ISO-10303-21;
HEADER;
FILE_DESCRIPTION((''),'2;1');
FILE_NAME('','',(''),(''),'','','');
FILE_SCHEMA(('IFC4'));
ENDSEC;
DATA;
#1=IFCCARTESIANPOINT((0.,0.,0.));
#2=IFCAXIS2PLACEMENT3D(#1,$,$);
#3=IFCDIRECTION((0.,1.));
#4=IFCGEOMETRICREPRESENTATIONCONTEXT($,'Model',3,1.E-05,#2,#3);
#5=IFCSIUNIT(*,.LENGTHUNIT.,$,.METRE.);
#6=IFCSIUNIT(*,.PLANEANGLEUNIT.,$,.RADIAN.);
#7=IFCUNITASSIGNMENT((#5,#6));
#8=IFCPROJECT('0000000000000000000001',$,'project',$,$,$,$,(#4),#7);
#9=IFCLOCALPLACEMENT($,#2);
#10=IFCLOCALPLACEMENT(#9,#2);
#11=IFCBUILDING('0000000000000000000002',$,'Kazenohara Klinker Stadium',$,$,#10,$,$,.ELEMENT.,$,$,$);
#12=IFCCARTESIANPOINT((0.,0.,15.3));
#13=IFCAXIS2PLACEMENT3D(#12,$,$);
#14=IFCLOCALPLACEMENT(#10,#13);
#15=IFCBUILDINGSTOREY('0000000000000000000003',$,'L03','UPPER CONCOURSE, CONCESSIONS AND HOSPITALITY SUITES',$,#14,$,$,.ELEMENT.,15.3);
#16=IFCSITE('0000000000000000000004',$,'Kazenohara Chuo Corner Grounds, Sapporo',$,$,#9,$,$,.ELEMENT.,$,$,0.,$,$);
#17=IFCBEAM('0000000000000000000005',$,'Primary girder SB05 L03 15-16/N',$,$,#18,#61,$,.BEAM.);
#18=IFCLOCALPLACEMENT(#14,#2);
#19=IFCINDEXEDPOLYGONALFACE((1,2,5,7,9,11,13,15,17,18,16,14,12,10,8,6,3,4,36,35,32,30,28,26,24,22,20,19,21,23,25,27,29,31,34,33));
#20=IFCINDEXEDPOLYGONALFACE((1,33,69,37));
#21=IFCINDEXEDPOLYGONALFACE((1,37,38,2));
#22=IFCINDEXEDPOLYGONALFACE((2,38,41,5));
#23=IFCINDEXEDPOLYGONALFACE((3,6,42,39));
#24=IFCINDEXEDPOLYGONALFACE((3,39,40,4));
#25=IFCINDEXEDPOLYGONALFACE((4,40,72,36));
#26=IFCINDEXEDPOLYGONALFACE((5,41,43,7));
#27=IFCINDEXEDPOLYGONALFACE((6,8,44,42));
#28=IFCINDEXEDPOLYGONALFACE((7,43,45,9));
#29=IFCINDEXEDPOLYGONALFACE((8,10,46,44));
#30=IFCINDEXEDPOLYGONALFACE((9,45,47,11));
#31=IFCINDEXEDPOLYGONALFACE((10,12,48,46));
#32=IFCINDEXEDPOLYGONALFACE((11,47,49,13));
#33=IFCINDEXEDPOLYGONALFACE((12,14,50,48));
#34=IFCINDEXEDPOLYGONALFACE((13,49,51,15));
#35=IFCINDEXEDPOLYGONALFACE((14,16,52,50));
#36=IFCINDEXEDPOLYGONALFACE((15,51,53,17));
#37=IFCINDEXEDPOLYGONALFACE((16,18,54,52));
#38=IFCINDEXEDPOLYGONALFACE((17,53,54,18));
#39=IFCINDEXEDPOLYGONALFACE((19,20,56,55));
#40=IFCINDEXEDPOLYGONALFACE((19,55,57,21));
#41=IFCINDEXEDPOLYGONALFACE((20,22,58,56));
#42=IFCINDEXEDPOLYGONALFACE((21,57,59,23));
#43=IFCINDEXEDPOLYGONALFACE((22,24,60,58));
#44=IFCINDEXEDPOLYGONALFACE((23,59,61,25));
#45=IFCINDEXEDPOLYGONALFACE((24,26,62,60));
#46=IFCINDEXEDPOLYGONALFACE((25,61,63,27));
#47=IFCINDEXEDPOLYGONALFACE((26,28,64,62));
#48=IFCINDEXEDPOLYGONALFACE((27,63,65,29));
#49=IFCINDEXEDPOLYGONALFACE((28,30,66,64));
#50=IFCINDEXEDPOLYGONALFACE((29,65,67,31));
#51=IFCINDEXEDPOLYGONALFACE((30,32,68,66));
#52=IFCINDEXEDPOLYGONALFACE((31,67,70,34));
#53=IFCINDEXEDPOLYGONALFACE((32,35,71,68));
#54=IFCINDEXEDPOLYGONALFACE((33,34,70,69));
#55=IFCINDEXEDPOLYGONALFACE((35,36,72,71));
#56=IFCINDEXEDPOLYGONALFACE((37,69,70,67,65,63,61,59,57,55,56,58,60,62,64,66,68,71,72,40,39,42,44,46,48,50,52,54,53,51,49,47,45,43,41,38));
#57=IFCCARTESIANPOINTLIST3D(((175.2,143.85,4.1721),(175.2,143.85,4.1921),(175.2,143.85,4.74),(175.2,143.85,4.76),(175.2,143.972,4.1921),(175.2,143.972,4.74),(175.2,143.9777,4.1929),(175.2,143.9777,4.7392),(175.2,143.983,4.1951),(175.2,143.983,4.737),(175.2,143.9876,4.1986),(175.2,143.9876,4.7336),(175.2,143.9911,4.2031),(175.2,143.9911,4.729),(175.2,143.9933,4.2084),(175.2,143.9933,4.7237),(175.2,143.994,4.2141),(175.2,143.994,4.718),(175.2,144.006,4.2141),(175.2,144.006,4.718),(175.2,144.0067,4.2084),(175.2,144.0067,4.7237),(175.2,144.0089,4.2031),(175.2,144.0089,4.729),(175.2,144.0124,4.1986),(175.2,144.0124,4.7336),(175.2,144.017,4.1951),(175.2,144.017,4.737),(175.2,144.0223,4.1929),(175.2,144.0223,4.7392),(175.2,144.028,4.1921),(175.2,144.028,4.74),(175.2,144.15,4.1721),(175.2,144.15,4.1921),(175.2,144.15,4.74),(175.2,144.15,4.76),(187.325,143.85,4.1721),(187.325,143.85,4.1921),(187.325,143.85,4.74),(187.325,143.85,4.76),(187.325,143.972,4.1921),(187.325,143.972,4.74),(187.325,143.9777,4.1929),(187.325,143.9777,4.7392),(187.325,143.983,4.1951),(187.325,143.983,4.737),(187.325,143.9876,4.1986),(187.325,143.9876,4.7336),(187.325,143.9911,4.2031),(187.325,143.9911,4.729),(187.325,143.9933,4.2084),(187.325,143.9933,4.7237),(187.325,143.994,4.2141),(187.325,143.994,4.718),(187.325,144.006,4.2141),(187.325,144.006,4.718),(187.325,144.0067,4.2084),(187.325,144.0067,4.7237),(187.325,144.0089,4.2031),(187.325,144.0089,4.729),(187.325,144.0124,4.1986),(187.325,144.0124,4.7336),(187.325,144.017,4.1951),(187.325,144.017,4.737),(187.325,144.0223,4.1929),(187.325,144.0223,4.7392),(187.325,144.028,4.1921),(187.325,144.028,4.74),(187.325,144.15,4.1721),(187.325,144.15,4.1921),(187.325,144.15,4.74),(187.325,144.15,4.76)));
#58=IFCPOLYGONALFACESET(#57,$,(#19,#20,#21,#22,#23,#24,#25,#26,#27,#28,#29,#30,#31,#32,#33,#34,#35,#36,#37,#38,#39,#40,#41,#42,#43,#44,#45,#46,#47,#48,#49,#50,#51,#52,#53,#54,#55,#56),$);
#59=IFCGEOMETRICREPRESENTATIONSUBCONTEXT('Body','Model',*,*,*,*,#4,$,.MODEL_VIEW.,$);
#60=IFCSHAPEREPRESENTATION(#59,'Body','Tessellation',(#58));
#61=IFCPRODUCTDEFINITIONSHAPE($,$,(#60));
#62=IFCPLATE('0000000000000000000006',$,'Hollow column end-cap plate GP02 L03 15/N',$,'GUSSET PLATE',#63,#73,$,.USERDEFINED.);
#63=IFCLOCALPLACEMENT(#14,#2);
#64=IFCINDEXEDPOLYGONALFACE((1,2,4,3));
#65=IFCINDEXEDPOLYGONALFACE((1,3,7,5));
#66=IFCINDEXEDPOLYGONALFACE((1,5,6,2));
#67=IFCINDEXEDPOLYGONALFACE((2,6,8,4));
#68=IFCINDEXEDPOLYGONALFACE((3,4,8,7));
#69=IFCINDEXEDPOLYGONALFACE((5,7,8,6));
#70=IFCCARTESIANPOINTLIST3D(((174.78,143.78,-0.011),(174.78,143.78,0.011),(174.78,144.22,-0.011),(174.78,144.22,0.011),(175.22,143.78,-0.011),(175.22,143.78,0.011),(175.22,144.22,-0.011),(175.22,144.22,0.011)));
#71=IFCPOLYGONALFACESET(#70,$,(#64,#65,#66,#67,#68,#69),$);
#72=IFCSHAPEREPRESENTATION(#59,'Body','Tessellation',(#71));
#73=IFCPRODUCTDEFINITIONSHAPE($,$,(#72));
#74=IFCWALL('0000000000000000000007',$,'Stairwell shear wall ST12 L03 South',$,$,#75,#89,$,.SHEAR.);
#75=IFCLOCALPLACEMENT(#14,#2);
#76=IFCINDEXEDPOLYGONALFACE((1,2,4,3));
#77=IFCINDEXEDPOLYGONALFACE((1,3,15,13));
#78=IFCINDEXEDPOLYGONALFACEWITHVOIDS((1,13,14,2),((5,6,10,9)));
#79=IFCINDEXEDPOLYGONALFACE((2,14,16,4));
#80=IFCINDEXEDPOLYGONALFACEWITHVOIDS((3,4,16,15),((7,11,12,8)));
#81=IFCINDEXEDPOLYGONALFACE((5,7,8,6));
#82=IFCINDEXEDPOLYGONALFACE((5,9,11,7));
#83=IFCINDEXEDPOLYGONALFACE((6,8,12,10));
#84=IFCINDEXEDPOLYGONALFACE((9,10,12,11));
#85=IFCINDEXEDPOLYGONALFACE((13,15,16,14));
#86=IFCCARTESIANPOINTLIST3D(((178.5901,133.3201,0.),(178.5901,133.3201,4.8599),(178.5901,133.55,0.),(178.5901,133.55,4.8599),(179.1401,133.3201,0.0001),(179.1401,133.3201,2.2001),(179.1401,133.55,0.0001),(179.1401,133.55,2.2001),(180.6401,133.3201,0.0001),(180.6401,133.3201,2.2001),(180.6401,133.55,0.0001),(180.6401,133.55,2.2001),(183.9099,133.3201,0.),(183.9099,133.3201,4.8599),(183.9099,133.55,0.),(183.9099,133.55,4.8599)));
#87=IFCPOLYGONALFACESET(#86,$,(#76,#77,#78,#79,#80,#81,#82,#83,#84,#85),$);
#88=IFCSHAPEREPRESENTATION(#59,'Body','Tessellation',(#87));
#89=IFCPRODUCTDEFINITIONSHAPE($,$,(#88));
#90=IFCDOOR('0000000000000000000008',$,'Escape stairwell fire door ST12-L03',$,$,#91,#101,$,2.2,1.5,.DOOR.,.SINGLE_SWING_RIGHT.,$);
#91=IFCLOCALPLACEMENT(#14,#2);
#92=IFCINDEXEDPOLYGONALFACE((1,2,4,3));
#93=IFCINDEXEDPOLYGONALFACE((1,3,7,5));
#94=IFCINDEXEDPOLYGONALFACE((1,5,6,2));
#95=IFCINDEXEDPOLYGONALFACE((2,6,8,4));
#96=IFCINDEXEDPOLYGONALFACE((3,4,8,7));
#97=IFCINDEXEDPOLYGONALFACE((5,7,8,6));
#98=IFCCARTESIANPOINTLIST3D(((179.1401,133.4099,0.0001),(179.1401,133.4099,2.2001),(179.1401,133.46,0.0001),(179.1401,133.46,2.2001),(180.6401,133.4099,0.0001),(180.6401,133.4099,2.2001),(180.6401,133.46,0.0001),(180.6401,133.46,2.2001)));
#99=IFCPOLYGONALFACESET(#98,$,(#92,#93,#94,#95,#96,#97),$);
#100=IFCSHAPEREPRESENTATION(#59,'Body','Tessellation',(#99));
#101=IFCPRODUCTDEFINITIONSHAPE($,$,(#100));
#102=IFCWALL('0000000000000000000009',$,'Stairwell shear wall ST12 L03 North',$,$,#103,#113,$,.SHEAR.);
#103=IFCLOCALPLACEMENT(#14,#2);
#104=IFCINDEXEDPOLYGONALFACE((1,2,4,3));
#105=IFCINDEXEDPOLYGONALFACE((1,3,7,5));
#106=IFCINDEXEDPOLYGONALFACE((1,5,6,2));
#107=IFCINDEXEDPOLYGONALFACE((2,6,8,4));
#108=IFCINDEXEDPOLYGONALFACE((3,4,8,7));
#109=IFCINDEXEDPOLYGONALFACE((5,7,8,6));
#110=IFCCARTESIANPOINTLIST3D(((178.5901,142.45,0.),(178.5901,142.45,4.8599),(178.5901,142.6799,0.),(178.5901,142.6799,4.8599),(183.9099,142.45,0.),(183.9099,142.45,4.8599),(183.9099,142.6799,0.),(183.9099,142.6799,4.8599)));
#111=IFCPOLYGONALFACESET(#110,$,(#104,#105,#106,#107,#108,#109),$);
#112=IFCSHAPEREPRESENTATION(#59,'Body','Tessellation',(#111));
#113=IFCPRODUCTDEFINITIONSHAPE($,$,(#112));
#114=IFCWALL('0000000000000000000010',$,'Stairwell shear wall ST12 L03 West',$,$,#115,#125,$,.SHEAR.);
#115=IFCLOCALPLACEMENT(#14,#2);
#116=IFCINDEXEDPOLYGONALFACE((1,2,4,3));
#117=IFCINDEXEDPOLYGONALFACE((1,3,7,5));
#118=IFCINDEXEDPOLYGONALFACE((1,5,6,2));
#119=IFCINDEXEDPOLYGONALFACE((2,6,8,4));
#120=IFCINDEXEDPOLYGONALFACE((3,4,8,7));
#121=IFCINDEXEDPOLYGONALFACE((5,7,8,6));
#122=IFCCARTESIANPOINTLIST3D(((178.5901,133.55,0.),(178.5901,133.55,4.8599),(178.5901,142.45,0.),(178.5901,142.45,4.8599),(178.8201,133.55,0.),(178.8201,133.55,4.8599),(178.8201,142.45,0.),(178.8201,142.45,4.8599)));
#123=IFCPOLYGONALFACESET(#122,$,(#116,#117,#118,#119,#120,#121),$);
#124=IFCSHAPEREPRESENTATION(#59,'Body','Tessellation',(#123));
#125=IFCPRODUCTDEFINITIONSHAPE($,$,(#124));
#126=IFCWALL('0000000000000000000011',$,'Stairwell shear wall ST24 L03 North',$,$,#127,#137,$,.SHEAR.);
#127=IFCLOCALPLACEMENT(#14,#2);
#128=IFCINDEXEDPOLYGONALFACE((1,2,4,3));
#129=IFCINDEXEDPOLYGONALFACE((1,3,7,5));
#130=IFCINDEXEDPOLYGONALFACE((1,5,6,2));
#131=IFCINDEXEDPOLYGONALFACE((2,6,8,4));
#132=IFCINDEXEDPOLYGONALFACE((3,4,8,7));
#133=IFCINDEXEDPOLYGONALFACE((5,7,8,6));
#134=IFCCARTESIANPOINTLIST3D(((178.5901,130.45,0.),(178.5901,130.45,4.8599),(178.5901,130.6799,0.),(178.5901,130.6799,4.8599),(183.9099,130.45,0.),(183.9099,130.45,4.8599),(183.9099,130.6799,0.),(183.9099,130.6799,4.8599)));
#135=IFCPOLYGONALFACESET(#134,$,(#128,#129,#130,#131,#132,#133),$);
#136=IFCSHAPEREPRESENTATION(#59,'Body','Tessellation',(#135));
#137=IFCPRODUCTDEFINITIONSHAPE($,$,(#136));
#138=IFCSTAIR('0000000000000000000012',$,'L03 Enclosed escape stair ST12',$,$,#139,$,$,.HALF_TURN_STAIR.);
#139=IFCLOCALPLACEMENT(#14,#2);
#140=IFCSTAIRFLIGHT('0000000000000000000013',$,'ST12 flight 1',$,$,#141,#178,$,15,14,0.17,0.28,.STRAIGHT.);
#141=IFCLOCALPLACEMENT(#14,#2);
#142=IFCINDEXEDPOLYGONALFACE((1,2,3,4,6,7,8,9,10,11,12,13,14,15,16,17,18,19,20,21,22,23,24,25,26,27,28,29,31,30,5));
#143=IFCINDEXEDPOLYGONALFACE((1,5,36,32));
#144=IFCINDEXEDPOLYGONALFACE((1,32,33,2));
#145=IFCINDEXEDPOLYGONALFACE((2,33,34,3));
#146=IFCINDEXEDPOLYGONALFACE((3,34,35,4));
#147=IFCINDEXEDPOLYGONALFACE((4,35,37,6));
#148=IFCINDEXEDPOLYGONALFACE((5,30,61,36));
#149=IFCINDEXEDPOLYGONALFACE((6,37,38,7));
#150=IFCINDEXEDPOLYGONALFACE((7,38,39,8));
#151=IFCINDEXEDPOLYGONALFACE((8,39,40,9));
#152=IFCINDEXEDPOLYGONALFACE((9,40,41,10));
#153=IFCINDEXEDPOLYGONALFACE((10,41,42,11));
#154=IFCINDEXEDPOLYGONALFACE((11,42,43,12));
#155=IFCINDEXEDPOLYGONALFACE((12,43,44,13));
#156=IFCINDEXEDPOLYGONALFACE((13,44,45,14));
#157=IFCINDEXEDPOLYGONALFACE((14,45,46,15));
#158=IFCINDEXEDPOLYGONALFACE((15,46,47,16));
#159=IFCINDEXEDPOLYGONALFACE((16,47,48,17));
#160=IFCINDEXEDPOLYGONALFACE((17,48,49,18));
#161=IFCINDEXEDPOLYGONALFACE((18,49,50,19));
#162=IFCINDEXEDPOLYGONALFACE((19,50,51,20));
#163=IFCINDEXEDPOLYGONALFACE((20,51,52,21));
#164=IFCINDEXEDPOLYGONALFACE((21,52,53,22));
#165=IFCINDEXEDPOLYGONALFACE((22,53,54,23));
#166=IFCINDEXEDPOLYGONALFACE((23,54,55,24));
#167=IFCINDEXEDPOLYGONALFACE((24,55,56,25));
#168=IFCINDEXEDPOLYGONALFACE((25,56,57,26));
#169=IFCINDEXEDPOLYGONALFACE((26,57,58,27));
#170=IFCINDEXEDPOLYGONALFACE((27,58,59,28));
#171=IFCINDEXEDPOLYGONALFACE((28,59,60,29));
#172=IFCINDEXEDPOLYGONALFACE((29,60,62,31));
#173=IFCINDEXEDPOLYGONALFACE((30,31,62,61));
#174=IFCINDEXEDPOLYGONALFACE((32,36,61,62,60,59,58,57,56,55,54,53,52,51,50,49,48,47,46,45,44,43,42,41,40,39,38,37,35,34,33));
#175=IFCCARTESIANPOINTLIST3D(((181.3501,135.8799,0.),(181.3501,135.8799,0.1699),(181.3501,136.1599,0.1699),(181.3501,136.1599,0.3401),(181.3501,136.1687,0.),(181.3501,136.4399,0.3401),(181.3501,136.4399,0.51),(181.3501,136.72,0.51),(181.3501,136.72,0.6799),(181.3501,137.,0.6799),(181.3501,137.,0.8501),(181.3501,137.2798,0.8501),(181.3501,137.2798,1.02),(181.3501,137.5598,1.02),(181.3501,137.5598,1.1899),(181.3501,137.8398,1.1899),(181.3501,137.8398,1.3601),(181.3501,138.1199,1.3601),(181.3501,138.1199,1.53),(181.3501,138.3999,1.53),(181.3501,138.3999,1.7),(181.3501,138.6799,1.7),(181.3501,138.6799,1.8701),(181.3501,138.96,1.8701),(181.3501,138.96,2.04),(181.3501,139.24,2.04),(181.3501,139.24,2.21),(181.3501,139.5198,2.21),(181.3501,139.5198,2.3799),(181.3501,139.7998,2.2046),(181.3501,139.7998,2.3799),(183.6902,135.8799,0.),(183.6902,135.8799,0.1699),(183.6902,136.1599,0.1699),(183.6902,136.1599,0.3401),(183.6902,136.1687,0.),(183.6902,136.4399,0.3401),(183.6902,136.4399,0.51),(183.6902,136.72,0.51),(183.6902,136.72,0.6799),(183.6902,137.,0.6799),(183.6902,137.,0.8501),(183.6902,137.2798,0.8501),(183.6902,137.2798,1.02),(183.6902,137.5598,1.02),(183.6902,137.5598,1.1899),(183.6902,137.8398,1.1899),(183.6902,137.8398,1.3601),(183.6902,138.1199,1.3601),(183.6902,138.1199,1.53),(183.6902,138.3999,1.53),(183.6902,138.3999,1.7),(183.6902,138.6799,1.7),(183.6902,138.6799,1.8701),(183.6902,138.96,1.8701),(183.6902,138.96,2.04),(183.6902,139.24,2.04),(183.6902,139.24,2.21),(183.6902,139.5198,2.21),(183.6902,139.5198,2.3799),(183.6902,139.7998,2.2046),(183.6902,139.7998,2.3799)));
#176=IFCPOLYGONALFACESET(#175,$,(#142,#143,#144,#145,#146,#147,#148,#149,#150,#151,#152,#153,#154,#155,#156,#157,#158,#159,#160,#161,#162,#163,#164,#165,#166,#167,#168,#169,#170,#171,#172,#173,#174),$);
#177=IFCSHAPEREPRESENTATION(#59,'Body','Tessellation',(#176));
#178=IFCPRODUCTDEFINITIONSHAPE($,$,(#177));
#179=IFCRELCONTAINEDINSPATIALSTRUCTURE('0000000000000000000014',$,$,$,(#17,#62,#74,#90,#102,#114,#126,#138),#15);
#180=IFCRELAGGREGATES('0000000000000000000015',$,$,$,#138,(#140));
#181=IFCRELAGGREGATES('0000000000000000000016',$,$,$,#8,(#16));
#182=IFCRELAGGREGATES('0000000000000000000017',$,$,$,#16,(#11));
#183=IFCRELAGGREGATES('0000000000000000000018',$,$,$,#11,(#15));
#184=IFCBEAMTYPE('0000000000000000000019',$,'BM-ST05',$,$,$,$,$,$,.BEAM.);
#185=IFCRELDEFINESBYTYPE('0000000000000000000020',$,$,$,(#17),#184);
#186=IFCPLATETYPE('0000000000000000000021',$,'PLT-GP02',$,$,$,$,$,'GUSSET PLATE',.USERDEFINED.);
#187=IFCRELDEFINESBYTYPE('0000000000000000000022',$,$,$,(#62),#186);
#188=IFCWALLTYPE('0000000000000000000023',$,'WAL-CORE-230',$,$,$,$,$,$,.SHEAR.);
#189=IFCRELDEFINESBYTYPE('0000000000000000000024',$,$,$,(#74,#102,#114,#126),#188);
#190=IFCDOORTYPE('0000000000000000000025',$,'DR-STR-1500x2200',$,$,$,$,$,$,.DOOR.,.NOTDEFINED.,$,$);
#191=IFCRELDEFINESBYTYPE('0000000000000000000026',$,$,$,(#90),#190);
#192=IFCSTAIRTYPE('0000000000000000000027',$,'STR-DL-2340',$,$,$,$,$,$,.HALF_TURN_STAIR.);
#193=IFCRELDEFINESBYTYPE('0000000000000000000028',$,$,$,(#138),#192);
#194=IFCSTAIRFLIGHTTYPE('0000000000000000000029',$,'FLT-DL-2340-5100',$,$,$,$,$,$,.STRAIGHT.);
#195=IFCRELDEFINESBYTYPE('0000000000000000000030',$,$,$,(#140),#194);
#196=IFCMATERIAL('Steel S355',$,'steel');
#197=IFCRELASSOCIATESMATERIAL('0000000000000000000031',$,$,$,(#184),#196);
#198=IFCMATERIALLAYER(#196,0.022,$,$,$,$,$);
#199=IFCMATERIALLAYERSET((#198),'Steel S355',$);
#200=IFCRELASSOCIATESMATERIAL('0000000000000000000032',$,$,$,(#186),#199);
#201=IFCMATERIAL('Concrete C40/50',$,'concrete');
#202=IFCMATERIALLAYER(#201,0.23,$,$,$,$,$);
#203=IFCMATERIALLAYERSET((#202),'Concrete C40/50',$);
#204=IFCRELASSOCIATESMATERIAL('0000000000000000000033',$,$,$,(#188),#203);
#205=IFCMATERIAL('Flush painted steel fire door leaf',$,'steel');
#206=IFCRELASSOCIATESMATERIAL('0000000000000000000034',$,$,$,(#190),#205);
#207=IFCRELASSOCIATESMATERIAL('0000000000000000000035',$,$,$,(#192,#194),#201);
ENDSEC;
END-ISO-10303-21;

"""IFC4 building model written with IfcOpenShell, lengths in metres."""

from ifc_helpers import new_model, si_unit, direction, frame, frame_2d, origin, origin_2d, place, context, subcontext, project, spatial, polyline, rectangle, i_section, outline, extrude, material, layer, layer_set, material_profile, profile_set, type_object, element, fill, aggregate, save


model = new_model("IFC4")

# Units and contexts
model_context = context("Model", 3, precision=1e-05, world=origin(), true_north=direction((0.0, 1.0)))
body_context = subcontext(model_context, "Body", "Model", "MODEL_VIEW")
ifc_project = project(units=[si_unit("LENGTHUNIT", "METRE"), si_unit("PLANEANGLEUNIT", "RADIAN")], contexts=[model_context])

# Site, building, storey
site_placement = place(None, origin())
site = spatial("IfcSite", under=ifc_project, at=site_placement, Name="Kazenohara Chuo Corner Grounds, Sapporo", CompositionType="ELEMENT", RefElevation=0.0)
building_placement = place(site_placement, origin())
building = spatial("IfcBuilding", under=site, at=building_placement, Name="Kazenohara Klinker Stadium", CompositionType="ELEMENT")
storey_placement = place(building_placement, frame((0.0, 0.0, 15.3)))
storey = spatial("IfcBuildingStorey", under=building, at=storey_placement, Name="L03", Description="UPPER CONCOURSE, CONCESSIONS AND HOSPITALITY SUITES", CompositionType="ELEMENT", Elevation=15.3)

# Shared definitions
ifc_material_1 = material(Name="Steel S355", Category="steel")

# Beam
ifc_material_profile_1 = material_profile(ifc_material_1, i_section(OverallWidth=0.3, OverallDepth=0.5879, WebThickness=0.012, FlangeThickness=0.02, FilletRadius=0.022, at=origin_2d()), Name="H-588x300x12x20")
ifc_profile_set_1 = profile_set([ifc_material_profile_1], Name="Steel S355")
beam_type_1 = type_object("IfcBeamType", Name="BM-ST05", PredefinedType="BEAM", material=ifc_profile_set_1)
beam_1_placement = place(storey_placement, frame((175.2, 144.0, 4.4661), z_axis=(1.0, 0.0, 0.0), x_axis=(0.0, 1.0, 0.0)))
element("IfcBeam", 1, at=beam_1_placement, inside=storey, type_object=beam_type_1, Name="Primary girder SB05 L03 15-16/N", PredefinedType="BEAM", context=body_context, shape_type="SweptSolid", body=[
    extrude(i_section(OverallWidth=0.3, OverallDepth=0.5879, WebThickness=0.012, FlangeThickness=0.02, FilletRadius=0.022, at=origin_2d()), origin(), (0.0, 0.0, 1.0), 12.125),
])

# Plate
ifc_layer_1 = layer(ifc_material_1, 0.022)
ifc_layer_set_1 = layer_set([ifc_layer_1], Name="Steel S355")
plate_type = type_object("IfcPlateType", Name="PLT-GP02", ElementType="GUSSET PLATE", PredefinedType="USERDEFINED", material=ifc_layer_set_1)
plate_placement = place(storey_placement, frame((175.0, 144.0, -0.011), z_axis=(0.0, 0.0, 1.0), x_axis=(1.0, 0.0, 0.0)))
element("IfcPlate", 2, at=plate_placement, inside=storey, type_object=plate_type, Name="Hollow column end-cap plate GP02 L03 15/N", ObjectType="GUSSET PLATE", PredefinedType="USERDEFINED", context=body_context, shape_type="SweptSolid", body=[
    extrude(rectangle(XDim=0.4399, YDim=0.4399, at=origin_2d()), origin(), (0.0, 0.0, 1.0), 0.022),
])

# Wall, opening, door
ifc_material_2 = material(Name="Concrete C40/50", Category="concrete")
ifc_layer_2 = layer(ifc_material_2, 0.23)
ifc_layer_set_2 = layer_set([ifc_layer_2], Name="Concrete C40/50")
wall_type = type_object("IfcWallType", Name="WAL-CORE-230", PredefinedType="SHEAR", material=ifc_layer_set_2)
wall_1_placement = place(storey_placement, frame((178.5901, 133.4351, 0.0), z_axis=(0.0, 0.0, 1.0), x_axis=(1.0, 0.0, 0.0)))
wall_1 = element("IfcWall", 3, at=wall_1_placement, inside=storey, type_object=wall_type, Name="Stairwell shear wall ST12 L03 South", PredefinedType="SHEAR", context=body_context, shape_type="SweptSolid", body=[
    extrude(rectangle(XDim=5.3198, YDim=0.23, at=frame_2d((2.6599, 0.0))), origin(), (0.0, 0.0, 1.0), 4.8599),
])
opening_placement = place(wall_1_placement, frame((0.55, 0.0, 0.0)))
opening = element("IfcOpeningElement", 4, at=opening_placement, cuts=wall_1, PredefinedType="OPENING", context=body_context, shape_type="SweptSolid", body=[
    extrude(rectangle(XDim=1.5, YDim=2.2, at=frame_2d((0.75, 1.1001))), frame((0.0, 0.125, 0.0), z_axis=(0.0, -1.0, 0.0), x_axis=(1.0, 0.0, 0.0)), (0.0, 0.0, 1.0), 0.25),
])
ifc_material_3 = material(Name="Flush painted steel fire door leaf", Category="steel")
door_type = type_object("IfcDoorType", Name="DR-STR-1500x2200", OperationType="NOTDEFINED", PredefinedType="DOOR", material=ifc_material_3)
door_placement = place(opening_placement, origin())
door = element("IfcDoor", 5, at=door_placement, inside=storey, type_object=door_type, Name="Escape stairwell fire door ST12-L03", OperationType="SINGLE_SWING_RIGHT", OverallHeight=2.2, OverallWidth=1.5, PredefinedType="DOOR", context=body_context, shape_type="SweptSolid", body=[
    extrude(rectangle(XDim=1.5, YDim=2.2, at=frame_2d((0.75, 1.1001))), frame((0.0, 0.0249, 0.0), z_axis=(0.0, -1.0, 0.0), x_axis=(1.0, 0.0, 0.0)), (0.0, 0.0, 1.0), 0.05),
])
fill(opening, door)

# Walls
wall_2_placement = place(storey_placement, frame((178.5901, 142.5649, 0.0), z_axis=(0.0, 0.0, 1.0), x_axis=(1.0, 0.0, 0.0)))
element("IfcWall", 6, at=wall_2_placement, inside=storey, type_object=wall_type, Name="Stairwell shear wall ST12 L03 North", PredefinedType="SHEAR", context=body_context, shape_type="SweptSolid", body=[
    extrude(rectangle(XDim=5.3198, YDim=0.23, at=frame_2d((2.6599, 0.0))), origin(), (0.0, 0.0, 1.0), 4.8599),
])
wall_3_placement = place(storey_placement, frame((178.7051, 133.55, 0.0), z_axis=(0.0, 0.0, 1.0), x_axis=(0.0, 1.0, 0.0)))
element("IfcWall", 7, at=wall_3_placement, inside=storey, type_object=wall_type, Name="Stairwell shear wall ST12 L03 West", PredefinedType="SHEAR", context=body_context, shape_type="SweptSolid", body=[
    extrude(rectangle(XDim=8.8999, YDim=0.23, at=frame_2d((4.45, 0.0))), origin(), (0.0, 0.0, 1.0), 4.8599),
])
wall_4_placement = place(storey_placement, frame((178.5901, 130.5649, 0.0), z_axis=(0.0, 0.0, 1.0), x_axis=(1.0, 0.0, 0.0)))
element("IfcWall", 8, at=wall_4_placement, inside=storey, type_object=wall_type, Name="Stairwell shear wall ST24 L03 North", PredefinedType="SHEAR", context=body_context, shape_type="SweptSolid", body=[
    extrude(rectangle(XDim=5.3198, YDim=0.23, at=frame_2d((2.6599, 0.0))), origin(), (0.0, 0.0, 1.0), 4.8599),
])

# Stair, stair flight
stair_type = type_object("IfcStairType", Name="STR-DL-2340", PredefinedType="HALF_TURN_STAIR", material=ifc_material_2)
stair_placement = place(storey_placement, origin())
stair = element("IfcStair", 9, at=stair_placement, inside=storey, type_object=stair_type, Name="L03 Enclosed escape stair ST12", PredefinedType="HALF_TURN_STAIR")
stair_flight_type = type_object("IfcStairFlightType", Name="FLT-DL-2340-5100", PredefinedType="STRAIGHT", material=ifc_material_2)
stair_flight_1_placement = place(storey_placement, frame((182.52, 135.8799, 0.0), z_axis=(0.0, 0.0, 1.0), x_axis=(0.0, 1.0, 0.0)))
stair_flight_1 = element("IfcStairFlight", 10, at=stair_flight_1_placement, type_object=stair_flight_type, Name="ST12 flight 1", NumberOfRisers=15, NumberOfTreads=14, PredefinedType="STRAIGHT", RiserHeight=0.17, TreadLength=0.28, context=body_context, shape_type="SweptSolid", body=[
    extrude(outline(polyline([(0.0, 0.0), (0.0, 0.1699), (0.28, 0.1699), (0.28, 0.3401), (0.5601, 0.3401), (0.5601, 0.51), (0.8401, 0.51), (0.8401, 0.6799), (1.1201, 0.6799), (1.1201, 0.8501), (1.3999, 0.8501), (1.3999, 1.02), (1.6799, 1.02), (1.6799, 1.1899), (1.96, 1.1899), (1.96, 1.3601), (2.24, 1.3601), (2.24, 1.53), (2.52, 1.53), (2.52, 1.7), (2.8, 1.7), (2.8, 1.8701), (3.0801, 1.8701), (3.0801, 2.04), (3.3601, 2.04), (3.3601, 2.21), (3.6399, 2.21), (3.6399, 2.3799), (3.9199, 2.3799), (3.9199, 2.55), (3.9199, 2.2046), (0.2888, 0.0), (0.0, 0.0)])), frame((0.0, 1.1699, 0.0), z_axis=(0.0, -1.0, 0.0), x_axis=(1.0, 0.0, 0.0)), (0.0, 0.0, 1.0), 2.3401),
])
aggregate(stair, [stair_flight_1])

save(model, "model.ifc")
